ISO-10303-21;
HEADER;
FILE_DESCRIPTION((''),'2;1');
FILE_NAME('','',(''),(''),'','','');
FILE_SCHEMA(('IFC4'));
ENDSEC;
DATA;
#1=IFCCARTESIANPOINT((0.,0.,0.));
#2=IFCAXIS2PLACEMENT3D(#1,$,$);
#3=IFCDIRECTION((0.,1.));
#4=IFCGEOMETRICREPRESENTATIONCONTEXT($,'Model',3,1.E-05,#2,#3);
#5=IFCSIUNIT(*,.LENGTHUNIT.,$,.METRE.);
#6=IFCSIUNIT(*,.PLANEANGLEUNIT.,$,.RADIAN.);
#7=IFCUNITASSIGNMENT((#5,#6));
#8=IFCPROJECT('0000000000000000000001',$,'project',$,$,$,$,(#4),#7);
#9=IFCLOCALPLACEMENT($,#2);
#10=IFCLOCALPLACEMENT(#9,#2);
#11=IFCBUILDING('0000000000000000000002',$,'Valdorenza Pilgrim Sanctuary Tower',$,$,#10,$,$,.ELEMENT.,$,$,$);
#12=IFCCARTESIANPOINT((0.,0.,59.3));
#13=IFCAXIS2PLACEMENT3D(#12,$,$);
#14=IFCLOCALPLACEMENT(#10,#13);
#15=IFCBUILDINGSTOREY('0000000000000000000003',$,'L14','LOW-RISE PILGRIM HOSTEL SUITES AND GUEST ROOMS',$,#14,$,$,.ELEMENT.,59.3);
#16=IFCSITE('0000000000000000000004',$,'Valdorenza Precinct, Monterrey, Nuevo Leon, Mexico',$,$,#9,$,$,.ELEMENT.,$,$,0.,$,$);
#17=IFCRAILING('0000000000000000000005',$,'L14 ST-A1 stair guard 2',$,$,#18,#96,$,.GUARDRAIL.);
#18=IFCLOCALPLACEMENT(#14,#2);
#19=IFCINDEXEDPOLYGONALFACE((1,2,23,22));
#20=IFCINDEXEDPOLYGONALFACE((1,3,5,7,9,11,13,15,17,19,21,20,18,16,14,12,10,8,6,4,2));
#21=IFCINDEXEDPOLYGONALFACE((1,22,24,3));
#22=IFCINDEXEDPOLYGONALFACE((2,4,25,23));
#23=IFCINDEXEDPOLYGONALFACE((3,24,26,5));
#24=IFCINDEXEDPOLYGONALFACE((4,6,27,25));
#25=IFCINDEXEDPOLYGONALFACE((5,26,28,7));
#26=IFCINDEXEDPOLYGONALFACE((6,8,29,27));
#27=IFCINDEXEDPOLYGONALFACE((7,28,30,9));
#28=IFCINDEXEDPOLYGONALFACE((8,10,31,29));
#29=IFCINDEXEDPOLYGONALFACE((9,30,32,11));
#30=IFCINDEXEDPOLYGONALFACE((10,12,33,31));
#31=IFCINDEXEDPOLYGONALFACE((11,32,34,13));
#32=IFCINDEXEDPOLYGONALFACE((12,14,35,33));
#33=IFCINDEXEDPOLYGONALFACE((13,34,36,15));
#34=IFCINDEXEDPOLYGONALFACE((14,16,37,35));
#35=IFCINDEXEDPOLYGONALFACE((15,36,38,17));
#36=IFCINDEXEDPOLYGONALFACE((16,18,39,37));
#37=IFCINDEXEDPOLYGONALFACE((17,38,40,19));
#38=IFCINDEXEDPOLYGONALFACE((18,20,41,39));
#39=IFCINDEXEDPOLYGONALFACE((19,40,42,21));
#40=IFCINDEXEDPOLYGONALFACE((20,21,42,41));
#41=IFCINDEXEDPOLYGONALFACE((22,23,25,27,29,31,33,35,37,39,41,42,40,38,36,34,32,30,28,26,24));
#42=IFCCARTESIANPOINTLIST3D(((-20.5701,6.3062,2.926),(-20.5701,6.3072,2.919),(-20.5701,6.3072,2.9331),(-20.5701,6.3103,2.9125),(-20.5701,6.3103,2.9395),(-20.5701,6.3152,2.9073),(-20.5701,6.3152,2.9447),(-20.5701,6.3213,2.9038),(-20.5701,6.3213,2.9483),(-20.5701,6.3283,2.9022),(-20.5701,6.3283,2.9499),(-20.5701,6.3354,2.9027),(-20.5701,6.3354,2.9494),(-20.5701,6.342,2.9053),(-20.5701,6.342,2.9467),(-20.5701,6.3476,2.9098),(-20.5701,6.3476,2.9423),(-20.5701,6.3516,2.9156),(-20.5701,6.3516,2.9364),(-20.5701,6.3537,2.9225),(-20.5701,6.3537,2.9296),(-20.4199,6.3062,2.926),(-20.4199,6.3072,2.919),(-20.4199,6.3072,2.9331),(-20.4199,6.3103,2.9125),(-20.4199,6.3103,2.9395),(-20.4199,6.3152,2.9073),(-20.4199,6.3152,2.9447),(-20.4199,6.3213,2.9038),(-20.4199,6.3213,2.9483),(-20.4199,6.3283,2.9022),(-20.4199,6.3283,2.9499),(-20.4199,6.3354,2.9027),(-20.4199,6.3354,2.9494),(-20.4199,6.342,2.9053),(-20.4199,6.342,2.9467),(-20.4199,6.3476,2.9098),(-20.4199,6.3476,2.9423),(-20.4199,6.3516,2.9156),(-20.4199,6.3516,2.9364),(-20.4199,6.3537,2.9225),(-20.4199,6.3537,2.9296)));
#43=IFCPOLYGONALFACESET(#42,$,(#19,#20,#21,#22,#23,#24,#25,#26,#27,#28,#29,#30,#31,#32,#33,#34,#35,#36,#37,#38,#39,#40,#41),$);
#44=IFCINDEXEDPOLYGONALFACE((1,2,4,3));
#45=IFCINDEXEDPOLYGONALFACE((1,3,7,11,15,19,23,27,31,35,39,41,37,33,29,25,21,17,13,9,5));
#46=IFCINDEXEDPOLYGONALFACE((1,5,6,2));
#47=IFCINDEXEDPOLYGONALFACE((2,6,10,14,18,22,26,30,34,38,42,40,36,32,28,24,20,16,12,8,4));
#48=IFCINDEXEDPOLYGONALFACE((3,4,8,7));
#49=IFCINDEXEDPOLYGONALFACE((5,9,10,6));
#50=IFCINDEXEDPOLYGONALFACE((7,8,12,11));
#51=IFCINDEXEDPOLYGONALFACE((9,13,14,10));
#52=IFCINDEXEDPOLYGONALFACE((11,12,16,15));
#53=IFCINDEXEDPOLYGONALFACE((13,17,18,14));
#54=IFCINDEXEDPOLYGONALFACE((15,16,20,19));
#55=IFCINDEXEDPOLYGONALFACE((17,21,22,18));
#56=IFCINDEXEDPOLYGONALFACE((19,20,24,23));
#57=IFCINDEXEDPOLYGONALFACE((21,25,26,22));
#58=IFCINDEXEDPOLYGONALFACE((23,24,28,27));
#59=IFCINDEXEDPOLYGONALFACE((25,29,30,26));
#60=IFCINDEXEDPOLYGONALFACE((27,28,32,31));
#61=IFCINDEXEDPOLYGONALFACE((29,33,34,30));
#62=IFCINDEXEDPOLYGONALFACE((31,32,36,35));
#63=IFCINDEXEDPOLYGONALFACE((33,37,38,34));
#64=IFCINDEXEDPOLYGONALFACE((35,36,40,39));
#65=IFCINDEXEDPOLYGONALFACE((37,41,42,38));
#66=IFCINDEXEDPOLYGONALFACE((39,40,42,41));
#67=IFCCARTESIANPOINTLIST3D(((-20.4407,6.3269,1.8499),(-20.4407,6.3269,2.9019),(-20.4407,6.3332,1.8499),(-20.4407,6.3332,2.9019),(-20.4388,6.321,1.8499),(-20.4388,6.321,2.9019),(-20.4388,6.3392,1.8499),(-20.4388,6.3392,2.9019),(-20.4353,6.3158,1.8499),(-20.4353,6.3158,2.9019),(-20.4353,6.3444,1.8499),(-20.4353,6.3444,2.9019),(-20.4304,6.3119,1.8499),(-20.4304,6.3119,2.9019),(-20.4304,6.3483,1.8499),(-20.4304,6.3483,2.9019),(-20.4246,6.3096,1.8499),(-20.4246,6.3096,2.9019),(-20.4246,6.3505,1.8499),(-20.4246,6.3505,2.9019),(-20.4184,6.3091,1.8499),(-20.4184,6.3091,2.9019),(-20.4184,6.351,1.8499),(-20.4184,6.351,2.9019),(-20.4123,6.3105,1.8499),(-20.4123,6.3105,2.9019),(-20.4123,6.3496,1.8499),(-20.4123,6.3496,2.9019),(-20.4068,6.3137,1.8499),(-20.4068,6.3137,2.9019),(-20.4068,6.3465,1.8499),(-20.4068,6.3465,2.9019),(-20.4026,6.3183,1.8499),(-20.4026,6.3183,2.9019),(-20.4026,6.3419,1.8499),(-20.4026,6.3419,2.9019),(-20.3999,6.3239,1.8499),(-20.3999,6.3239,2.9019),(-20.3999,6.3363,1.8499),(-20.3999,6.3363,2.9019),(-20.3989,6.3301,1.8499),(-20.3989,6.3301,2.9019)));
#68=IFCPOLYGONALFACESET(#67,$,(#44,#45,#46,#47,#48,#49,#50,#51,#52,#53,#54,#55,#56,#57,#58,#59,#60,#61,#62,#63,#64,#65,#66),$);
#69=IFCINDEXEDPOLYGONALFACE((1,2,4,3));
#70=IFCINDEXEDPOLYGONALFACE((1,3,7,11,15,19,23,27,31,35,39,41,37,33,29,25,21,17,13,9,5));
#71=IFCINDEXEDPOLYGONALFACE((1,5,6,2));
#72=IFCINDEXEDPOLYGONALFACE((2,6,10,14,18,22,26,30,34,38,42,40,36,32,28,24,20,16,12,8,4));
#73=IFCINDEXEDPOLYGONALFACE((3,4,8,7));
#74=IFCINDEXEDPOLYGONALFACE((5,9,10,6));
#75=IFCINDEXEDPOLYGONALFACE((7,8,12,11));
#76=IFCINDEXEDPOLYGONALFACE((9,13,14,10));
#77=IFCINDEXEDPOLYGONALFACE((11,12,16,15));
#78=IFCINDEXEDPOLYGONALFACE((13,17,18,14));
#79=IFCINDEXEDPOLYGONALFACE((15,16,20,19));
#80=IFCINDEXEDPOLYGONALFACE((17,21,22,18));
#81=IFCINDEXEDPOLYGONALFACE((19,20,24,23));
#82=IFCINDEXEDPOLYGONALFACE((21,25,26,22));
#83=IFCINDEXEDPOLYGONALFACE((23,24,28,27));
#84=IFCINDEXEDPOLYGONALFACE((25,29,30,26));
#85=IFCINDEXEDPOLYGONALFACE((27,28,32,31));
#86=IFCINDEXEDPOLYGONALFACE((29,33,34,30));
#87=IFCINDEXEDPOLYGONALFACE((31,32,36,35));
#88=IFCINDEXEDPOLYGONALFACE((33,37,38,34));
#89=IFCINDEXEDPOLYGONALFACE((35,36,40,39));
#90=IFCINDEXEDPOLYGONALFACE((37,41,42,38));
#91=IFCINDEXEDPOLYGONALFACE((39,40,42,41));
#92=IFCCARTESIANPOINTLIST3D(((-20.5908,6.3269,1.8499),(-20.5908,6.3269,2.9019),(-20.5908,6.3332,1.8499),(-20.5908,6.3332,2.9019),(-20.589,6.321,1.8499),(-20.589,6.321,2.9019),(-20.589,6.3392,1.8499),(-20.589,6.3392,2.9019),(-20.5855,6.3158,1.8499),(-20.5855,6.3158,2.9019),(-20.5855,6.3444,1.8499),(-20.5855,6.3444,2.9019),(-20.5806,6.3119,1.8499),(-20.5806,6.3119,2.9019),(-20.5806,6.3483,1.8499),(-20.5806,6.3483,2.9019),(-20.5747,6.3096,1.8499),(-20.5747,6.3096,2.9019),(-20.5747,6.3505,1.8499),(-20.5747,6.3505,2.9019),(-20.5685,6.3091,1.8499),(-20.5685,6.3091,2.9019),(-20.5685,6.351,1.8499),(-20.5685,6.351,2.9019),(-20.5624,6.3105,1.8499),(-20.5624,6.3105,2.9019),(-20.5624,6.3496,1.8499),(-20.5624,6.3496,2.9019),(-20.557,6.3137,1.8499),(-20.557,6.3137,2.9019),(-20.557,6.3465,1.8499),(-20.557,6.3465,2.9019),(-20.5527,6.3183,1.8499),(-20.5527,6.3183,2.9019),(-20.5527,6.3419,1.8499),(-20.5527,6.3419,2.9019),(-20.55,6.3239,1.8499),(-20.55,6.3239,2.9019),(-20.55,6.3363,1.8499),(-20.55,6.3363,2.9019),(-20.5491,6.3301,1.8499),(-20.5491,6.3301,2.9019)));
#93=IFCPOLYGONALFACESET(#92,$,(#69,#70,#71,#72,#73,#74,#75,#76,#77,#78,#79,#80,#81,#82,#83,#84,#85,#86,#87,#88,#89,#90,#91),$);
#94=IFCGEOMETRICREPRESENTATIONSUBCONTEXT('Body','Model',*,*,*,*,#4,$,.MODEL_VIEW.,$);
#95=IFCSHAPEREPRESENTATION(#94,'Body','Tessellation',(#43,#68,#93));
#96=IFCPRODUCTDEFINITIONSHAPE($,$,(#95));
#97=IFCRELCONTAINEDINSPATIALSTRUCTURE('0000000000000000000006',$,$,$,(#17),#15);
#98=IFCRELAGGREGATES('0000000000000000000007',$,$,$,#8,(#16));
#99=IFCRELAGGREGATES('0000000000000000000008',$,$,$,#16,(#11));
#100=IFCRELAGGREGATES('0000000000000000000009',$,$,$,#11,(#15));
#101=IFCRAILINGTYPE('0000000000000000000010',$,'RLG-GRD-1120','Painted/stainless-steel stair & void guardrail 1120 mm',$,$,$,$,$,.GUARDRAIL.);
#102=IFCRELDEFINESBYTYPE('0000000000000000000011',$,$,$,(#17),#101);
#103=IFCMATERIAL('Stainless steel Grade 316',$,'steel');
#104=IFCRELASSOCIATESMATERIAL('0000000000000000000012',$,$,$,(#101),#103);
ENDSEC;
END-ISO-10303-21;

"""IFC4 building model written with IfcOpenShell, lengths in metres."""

from ifc_helpers import new_model, si_unit, direction, frame, origin, origin_2d, place, context, subcontext, project, spatial, circle, extrude, material, type_object, element, save


model = new_model("IFC4")

# Units and contexts
model_context = context("Model", 3, precision=1e-05, world=origin(), true_north=direction((0.0, 1.0)))
body_context = subcontext(model_context, "Body", "Model", "MODEL_VIEW")
ifc_project = project(units=[si_unit("LENGTHUNIT", "METRE"), si_unit("PLANEANGLEUNIT", "RADIAN")], contexts=[model_context])

# Site, building, storey
site_placement = place(None, origin())
site = spatial("IfcSite", under=ifc_project, at=site_placement, Name="Valdorenza Precinct, Monterrey, Nuevo Leon, Mexico", CompositionType="ELEMENT", RefElevation=0.0)
building_placement = place(site_placement, origin())
building = spatial("IfcBuilding", under=site, at=building_placement, Name="Valdorenza Pilgrim Sanctuary Tower", CompositionType="ELEMENT")
storey_placement = place(building_placement, frame((0.0, 0.0, 59.3)))
storey = spatial("IfcBuildingStorey", under=building, at=storey_placement, Name="L14", Description="LOW-RISE PILGRIM HOSTEL SUITES AND GUEST ROOMS", CompositionType="ELEMENT", Elevation=59.3)

# Railing
ifc_material_1 = material(Name="Stainless steel Grade 316", Category="steel")
railing_type_1 = type_object("IfcRailingType", Name="RLG-GRD-1120", Description="Painted/stainless-steel stair & void guardrail 1120 mm", PredefinedType="GUARDRAIL", material=ifc_material_1)
railing_1_placement = place(storey_placement, frame((-20.4199, 6.3301, 1.8499)))
element("IfcRailing", 1, at=railing_1_placement, inside=storey, type_object=railing_type_1, Name="L14 ST-A1 stair guard 2", PredefinedType="GUARDRAIL", context=body_context, shape_type="SweptSolid", body=[
    extrude(circle(Radius=0.0239, at=origin_2d()), frame((0.0, 0.0, 1.0762), z_axis=(-1.0, 0.0, 0.0), x_axis=(0.0, -1.0, 0.0)), (0.0, 0.0, 1.0), 0.1501),
    extrude(circle(Radius=0.021, at=origin_2d()), origin(), (0.0, 0.0, 1.0), 1.052),
    extrude(circle(Radius=0.021, at=origin_2d()), frame((-0.1501, 0.0, 0.0)), (0.0, 0.0, 1.0), 1.052),
])

save(model, "model.ifc")
